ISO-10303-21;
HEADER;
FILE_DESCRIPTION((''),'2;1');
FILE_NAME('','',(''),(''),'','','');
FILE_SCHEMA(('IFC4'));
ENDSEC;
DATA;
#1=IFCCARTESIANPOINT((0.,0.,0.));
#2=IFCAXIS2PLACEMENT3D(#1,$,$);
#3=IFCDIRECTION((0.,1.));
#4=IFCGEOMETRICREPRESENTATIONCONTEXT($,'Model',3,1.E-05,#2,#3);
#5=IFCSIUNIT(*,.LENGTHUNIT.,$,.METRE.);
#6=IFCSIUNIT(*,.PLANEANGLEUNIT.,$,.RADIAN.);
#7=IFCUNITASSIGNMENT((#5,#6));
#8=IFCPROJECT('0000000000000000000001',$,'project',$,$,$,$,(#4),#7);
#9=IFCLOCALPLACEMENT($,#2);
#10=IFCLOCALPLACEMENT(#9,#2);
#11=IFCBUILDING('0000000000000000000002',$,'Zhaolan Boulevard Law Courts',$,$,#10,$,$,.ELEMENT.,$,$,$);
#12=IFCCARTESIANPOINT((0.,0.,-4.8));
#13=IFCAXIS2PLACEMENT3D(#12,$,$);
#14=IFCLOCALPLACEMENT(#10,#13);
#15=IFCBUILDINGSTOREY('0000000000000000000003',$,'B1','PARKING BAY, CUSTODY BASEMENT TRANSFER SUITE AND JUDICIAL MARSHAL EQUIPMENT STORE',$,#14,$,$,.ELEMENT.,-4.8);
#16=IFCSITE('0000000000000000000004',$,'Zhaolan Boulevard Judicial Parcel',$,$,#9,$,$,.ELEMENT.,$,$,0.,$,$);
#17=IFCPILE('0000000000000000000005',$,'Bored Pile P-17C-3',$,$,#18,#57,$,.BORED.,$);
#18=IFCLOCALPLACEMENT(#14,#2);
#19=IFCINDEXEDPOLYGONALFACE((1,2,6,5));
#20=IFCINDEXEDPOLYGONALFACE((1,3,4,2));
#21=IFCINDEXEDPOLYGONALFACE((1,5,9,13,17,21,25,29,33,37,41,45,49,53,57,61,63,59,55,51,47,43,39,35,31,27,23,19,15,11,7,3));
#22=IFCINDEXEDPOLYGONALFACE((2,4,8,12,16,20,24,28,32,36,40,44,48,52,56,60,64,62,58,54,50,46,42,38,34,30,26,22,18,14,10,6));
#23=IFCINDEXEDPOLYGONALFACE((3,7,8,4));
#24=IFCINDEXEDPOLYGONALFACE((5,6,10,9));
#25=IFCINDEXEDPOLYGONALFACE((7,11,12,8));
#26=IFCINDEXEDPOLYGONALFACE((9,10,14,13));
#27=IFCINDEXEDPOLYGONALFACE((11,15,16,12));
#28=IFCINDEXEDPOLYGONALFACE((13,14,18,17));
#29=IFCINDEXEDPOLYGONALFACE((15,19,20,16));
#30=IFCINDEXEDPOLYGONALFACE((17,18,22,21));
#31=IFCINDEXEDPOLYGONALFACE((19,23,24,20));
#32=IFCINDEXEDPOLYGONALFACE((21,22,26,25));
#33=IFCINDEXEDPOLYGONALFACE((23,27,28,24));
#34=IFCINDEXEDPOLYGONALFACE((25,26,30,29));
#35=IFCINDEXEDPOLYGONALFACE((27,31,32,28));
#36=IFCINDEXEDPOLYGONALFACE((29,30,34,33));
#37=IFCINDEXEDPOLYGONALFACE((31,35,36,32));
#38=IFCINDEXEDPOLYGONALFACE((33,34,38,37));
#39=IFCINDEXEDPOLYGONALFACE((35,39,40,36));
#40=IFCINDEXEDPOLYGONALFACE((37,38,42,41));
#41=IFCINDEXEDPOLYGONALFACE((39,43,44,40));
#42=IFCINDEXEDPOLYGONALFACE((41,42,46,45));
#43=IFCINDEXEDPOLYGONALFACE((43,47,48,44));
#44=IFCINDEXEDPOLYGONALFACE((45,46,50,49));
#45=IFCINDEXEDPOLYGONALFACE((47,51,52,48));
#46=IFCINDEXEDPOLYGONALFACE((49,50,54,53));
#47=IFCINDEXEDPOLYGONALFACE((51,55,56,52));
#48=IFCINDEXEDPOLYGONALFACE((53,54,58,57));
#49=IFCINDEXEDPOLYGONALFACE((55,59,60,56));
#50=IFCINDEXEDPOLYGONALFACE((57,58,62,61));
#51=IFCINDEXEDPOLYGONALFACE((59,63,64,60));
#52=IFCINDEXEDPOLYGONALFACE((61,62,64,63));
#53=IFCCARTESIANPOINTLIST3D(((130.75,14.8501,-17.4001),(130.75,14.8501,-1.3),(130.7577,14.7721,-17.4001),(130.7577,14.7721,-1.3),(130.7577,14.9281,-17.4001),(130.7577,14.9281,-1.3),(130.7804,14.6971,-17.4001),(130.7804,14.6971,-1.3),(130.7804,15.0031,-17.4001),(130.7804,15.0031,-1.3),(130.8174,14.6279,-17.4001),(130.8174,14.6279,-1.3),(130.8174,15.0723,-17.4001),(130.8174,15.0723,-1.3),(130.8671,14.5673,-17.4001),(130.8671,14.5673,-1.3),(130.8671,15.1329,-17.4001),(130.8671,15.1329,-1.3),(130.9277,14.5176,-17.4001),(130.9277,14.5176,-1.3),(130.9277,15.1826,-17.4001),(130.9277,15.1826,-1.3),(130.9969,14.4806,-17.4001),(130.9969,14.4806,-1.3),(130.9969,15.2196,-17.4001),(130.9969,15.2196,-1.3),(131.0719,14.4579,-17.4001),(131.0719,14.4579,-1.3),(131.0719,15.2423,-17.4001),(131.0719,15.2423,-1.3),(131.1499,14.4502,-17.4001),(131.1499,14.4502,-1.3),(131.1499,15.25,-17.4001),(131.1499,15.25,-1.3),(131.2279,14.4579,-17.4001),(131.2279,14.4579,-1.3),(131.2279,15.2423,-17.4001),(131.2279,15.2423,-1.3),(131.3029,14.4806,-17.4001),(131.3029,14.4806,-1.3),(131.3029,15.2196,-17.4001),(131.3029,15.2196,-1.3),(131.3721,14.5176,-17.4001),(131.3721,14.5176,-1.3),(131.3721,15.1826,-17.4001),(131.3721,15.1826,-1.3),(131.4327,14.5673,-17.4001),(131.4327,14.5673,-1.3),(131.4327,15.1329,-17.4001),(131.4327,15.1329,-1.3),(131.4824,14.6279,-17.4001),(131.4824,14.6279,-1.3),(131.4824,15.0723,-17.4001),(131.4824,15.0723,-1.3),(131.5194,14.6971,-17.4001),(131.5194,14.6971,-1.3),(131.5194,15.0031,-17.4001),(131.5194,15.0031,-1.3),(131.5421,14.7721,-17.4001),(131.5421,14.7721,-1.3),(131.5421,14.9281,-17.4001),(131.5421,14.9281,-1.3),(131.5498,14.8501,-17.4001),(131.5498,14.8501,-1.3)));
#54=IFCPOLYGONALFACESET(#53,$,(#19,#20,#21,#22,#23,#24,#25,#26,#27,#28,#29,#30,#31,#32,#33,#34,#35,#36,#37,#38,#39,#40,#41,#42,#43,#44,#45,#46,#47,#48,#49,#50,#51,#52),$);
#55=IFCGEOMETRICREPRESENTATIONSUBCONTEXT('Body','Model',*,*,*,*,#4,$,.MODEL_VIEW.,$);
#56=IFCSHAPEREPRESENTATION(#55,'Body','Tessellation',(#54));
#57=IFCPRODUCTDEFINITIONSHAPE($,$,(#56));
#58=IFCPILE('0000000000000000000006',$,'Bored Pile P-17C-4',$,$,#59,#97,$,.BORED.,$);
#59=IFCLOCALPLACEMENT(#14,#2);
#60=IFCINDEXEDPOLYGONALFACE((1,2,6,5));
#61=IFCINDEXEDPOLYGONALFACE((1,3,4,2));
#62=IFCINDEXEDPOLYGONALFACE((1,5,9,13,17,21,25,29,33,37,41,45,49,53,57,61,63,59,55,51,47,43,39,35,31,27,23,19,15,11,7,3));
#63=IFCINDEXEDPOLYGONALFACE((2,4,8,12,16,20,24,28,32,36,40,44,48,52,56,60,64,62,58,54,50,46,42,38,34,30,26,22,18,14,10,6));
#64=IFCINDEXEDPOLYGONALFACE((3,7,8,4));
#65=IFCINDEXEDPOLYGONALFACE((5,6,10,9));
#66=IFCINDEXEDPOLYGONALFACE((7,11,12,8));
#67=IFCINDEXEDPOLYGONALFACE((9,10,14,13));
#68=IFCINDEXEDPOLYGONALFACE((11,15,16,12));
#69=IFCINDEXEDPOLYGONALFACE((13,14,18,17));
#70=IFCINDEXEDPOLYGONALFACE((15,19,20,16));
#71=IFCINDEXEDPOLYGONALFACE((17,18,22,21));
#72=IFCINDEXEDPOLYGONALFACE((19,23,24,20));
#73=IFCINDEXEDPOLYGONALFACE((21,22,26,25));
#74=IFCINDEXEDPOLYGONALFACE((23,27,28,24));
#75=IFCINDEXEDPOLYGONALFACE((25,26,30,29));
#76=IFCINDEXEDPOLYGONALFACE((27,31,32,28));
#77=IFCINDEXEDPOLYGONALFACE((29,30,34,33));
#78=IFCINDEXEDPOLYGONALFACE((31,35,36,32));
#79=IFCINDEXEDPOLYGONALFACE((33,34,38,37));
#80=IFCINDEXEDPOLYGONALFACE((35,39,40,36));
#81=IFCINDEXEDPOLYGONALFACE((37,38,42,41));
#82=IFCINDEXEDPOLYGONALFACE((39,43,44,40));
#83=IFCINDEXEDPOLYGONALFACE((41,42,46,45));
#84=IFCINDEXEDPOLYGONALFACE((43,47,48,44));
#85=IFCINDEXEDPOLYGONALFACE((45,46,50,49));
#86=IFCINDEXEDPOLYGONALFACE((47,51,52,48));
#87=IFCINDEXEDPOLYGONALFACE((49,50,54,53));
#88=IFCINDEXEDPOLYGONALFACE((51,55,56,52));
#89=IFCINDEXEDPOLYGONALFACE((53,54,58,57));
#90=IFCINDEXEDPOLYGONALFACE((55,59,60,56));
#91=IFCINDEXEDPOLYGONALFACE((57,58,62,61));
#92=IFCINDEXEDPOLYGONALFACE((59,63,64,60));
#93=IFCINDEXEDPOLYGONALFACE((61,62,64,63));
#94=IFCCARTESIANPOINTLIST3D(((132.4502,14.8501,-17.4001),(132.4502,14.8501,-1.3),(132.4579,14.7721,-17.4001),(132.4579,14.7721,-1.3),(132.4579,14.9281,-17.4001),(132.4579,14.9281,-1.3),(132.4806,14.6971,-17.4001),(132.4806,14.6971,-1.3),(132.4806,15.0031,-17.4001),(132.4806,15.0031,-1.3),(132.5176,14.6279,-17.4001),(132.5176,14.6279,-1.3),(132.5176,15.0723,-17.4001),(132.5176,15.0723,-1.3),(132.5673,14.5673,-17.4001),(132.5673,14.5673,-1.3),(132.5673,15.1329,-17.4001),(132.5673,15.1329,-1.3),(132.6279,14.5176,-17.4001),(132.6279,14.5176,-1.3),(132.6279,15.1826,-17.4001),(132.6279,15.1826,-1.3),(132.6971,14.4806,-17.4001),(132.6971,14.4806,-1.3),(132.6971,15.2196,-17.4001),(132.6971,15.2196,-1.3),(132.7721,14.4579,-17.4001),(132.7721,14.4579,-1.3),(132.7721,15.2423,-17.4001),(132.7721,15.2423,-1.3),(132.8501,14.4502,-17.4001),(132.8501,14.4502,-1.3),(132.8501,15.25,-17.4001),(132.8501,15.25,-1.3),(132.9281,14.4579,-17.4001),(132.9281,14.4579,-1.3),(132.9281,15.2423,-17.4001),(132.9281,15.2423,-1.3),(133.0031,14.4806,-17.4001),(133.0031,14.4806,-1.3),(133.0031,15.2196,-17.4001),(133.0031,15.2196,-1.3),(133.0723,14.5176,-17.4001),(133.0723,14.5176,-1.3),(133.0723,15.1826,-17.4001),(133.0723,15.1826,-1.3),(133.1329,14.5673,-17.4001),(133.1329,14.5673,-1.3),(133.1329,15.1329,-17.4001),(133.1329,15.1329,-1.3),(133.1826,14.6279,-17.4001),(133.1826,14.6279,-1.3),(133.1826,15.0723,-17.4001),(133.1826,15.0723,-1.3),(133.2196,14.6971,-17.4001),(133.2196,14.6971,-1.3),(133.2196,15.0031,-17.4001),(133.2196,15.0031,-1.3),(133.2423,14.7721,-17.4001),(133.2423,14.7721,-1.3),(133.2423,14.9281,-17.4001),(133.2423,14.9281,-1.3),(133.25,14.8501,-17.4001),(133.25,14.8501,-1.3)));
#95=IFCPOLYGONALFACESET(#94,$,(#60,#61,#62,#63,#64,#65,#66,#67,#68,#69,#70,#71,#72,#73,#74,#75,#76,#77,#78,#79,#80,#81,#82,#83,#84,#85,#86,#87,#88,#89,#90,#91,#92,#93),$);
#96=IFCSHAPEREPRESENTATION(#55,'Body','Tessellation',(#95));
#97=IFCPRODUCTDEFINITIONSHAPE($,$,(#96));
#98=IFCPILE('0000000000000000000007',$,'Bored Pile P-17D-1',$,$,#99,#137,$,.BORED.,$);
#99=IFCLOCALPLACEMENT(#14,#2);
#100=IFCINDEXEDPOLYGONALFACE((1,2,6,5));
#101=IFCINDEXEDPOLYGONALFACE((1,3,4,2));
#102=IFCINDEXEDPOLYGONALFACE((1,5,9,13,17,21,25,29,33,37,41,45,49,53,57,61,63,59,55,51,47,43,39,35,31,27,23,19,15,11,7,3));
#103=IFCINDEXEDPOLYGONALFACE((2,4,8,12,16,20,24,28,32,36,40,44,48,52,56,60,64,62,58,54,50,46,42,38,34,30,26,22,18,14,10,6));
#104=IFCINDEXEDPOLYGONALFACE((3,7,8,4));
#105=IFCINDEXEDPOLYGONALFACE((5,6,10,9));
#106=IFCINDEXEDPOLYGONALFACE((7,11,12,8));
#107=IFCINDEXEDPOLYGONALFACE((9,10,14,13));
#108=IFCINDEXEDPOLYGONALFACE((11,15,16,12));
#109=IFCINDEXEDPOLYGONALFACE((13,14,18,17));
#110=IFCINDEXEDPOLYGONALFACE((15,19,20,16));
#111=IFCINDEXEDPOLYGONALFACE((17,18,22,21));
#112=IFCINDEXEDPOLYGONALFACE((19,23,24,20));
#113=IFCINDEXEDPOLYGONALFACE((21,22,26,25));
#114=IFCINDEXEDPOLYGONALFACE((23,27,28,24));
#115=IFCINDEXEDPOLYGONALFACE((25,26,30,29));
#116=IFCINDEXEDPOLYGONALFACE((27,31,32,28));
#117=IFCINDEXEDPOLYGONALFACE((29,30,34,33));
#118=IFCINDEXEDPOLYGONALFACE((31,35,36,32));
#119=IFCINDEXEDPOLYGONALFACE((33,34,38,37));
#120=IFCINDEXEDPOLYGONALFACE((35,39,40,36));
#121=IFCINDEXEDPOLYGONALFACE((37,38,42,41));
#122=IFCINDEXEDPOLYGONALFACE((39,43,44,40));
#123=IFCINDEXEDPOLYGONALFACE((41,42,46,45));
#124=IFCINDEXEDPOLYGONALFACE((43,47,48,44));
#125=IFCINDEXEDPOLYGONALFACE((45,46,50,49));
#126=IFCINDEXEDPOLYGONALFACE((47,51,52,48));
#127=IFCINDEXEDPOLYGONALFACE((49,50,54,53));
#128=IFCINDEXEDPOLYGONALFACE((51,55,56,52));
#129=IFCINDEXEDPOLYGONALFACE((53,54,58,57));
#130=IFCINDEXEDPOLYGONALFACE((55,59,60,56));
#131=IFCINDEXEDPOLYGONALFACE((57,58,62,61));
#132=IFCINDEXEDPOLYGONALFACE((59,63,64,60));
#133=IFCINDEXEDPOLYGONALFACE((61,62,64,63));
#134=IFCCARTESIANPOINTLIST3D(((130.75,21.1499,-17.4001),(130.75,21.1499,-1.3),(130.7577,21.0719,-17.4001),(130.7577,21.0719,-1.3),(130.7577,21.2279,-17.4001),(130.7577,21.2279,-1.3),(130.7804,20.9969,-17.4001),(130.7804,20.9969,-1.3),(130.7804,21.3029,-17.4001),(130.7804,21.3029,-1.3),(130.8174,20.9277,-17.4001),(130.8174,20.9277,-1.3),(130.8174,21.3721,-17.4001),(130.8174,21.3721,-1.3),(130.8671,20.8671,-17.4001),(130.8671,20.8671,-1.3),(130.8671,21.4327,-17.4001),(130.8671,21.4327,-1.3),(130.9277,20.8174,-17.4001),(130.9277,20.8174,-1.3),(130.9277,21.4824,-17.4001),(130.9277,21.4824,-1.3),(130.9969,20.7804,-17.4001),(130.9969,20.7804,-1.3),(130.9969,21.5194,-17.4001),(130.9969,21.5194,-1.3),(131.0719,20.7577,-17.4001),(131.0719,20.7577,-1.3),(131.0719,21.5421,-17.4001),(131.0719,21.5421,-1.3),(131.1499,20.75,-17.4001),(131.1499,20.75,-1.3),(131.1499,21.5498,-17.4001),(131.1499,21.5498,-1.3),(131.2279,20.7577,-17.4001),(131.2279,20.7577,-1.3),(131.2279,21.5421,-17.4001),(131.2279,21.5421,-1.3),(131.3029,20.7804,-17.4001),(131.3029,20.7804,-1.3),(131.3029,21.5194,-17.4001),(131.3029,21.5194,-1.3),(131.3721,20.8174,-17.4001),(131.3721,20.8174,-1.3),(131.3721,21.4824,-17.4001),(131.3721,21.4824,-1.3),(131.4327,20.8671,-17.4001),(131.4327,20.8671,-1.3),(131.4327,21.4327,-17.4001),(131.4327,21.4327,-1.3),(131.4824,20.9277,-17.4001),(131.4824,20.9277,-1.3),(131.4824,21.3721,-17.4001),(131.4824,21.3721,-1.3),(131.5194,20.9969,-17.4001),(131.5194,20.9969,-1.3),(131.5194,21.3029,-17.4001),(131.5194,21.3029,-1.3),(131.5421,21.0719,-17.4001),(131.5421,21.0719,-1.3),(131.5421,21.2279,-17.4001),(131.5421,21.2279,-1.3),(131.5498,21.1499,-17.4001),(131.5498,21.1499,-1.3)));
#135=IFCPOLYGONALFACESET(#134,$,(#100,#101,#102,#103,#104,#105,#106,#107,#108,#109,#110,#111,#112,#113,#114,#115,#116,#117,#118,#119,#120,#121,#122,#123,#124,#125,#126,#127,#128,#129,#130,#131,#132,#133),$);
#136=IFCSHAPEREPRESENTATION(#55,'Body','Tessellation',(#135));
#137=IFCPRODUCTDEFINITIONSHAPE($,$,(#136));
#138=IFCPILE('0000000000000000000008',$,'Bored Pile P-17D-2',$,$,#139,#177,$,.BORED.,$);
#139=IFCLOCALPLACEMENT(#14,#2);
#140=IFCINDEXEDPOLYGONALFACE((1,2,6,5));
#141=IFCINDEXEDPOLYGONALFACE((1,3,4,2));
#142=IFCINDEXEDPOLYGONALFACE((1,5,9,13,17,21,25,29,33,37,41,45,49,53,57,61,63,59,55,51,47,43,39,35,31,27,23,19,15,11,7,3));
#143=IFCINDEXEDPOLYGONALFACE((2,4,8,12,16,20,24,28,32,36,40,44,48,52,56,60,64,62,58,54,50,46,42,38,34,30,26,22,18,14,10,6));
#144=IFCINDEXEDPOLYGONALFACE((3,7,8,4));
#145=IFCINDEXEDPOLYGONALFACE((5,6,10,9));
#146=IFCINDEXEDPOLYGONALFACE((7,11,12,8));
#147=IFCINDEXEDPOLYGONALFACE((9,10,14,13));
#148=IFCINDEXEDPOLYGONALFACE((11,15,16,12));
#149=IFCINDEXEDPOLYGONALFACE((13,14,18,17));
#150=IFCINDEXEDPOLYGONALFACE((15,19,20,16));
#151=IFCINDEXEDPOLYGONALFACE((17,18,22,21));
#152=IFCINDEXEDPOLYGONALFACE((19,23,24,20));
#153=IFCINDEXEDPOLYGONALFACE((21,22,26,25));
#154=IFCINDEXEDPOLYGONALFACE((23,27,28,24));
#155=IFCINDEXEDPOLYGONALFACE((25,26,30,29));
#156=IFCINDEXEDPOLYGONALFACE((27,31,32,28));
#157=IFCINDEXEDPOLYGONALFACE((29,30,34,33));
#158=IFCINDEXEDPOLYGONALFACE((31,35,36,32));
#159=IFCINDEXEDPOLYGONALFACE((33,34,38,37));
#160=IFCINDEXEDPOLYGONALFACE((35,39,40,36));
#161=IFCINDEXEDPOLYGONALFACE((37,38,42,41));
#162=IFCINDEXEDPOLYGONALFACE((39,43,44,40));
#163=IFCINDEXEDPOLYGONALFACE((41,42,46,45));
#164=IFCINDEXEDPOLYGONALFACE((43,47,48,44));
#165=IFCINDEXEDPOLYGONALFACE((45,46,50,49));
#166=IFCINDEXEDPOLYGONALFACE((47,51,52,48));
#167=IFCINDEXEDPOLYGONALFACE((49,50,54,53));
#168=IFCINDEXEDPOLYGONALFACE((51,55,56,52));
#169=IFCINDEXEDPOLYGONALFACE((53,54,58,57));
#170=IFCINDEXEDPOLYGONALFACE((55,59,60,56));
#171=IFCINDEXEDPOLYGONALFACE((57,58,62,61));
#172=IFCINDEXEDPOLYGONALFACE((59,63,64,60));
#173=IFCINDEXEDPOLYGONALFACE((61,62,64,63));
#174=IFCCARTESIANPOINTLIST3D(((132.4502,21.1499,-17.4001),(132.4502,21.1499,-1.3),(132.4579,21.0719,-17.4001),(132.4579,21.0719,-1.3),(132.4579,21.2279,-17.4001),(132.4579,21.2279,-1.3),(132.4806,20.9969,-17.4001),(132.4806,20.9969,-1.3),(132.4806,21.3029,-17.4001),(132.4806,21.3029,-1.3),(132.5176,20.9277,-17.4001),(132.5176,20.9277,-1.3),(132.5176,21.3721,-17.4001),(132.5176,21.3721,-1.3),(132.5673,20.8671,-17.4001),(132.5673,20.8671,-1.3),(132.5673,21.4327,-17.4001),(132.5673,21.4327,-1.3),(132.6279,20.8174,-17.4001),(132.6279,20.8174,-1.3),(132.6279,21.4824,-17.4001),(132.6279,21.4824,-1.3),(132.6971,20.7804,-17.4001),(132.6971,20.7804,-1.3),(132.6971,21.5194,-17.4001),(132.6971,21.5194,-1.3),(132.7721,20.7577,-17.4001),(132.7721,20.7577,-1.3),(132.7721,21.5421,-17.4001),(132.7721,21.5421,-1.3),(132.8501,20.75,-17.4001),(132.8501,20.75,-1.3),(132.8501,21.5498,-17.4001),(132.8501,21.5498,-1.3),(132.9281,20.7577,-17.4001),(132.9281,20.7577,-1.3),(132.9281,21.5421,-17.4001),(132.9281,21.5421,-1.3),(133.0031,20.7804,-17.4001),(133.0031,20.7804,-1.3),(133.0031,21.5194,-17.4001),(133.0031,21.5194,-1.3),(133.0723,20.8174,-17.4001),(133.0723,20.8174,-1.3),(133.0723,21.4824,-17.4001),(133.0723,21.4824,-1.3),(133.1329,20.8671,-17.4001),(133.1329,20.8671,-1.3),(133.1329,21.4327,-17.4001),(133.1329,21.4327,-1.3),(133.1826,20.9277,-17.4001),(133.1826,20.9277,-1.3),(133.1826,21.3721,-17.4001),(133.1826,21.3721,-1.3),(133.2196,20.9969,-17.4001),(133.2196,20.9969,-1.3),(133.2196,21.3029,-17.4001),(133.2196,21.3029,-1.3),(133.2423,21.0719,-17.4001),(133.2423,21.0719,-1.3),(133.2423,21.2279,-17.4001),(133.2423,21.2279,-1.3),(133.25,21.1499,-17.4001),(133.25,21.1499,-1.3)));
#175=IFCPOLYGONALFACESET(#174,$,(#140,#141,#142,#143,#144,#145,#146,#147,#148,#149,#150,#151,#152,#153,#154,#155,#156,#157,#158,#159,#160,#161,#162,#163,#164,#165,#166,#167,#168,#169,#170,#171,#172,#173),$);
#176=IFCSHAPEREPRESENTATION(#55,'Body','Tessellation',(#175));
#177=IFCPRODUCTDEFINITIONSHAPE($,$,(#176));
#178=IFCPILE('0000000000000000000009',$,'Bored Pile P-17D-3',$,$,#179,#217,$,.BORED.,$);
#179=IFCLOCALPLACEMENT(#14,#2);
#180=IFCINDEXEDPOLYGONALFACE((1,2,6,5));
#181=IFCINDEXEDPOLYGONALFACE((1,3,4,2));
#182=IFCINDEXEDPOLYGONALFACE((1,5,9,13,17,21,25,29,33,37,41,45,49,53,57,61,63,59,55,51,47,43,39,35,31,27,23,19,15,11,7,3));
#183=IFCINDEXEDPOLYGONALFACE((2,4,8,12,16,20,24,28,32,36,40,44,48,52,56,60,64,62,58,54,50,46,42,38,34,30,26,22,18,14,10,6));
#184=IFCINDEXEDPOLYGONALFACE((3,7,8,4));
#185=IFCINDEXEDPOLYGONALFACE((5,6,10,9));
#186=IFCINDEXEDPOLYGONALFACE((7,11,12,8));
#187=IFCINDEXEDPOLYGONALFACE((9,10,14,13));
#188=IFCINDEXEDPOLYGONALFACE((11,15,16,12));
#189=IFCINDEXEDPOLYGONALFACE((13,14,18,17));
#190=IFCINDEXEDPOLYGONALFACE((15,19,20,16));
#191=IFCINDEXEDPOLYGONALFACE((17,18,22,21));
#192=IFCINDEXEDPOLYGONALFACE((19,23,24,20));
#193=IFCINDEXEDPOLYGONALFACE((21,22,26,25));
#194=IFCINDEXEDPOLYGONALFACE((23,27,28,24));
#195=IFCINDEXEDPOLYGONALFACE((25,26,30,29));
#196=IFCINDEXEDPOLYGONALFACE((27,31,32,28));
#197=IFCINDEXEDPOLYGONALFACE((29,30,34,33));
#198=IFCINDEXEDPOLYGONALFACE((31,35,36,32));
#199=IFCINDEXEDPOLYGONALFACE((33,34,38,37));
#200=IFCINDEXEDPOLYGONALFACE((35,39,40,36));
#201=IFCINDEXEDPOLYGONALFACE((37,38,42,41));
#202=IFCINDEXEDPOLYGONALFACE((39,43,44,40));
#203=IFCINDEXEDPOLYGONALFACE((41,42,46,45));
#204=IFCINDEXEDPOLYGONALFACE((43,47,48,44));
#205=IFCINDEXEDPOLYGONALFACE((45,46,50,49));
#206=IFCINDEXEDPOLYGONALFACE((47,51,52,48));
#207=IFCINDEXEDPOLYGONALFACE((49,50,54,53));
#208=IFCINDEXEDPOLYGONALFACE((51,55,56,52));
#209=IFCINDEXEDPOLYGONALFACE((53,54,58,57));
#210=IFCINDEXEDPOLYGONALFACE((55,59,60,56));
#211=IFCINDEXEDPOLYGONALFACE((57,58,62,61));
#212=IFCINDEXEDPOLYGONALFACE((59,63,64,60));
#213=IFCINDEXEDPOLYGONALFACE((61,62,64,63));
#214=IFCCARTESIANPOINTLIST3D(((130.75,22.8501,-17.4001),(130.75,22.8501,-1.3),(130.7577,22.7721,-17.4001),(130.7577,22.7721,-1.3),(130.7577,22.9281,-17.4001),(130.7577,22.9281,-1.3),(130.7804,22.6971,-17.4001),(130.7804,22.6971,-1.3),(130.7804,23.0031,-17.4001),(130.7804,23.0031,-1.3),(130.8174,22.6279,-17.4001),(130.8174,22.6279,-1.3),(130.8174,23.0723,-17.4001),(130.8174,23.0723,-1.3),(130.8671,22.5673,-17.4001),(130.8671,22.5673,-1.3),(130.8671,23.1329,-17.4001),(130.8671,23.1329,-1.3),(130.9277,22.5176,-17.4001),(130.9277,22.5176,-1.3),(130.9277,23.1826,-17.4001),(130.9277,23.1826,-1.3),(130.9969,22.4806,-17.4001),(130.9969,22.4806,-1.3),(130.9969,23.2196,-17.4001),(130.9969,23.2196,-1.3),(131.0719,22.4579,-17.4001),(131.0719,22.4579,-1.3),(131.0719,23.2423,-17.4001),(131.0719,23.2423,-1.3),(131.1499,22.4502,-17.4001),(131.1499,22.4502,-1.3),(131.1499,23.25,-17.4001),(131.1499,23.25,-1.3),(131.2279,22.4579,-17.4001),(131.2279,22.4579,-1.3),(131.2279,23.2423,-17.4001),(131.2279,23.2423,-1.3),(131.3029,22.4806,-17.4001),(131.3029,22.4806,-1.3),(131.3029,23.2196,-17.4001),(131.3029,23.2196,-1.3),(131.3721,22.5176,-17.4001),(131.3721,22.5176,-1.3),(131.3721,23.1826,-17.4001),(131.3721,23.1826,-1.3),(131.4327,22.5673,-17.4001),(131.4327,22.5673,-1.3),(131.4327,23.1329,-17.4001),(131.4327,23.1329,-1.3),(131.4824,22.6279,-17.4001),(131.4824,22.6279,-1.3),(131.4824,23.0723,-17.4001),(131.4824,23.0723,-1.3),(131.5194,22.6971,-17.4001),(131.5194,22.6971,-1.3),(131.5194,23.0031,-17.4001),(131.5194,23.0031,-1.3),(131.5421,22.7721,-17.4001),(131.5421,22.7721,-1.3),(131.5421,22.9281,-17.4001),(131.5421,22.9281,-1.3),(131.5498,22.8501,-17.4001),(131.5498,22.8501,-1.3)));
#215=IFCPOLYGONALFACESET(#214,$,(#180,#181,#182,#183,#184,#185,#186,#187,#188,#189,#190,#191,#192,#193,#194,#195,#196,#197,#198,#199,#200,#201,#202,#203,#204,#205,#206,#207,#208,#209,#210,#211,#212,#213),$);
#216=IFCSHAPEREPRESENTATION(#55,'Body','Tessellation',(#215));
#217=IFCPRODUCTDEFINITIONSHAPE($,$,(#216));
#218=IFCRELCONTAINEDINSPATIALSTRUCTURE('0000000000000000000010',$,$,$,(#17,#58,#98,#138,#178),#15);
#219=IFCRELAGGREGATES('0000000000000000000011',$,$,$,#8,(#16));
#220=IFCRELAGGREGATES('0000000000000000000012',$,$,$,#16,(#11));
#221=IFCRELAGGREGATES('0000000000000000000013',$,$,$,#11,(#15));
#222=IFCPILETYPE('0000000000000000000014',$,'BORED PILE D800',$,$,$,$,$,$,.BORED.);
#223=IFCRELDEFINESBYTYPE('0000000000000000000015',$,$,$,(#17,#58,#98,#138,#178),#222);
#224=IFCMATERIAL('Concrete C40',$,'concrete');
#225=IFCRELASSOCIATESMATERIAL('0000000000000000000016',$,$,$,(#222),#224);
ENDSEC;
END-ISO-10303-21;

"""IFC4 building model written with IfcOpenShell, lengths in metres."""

from ifc_helpers import new_model, si_unit, direction, frame, origin, origin_2d, place, context, subcontext, project, spatial, circle, extrude, material, material_profile, profile_set, type_object, element, save


model = new_model("IFC4")

# Units and contexts
model_context = context("Model", 3, precision=1e-05, world=origin(), true_north=direction((0.0, 1.0)))
body_context = subcontext(model_context, "Body", "Model", "MODEL_VIEW")
ifc_project = project(units=[si_unit("LENGTHUNIT", "METRE"), si_unit("PLANEANGLEUNIT", "RADIAN")], contexts=[model_context])

# Site, building, storey
site_placement = place(None, origin())
site = spatial("IfcSite", under=ifc_project, at=site_placement, Name="Zhaolan Boulevard Judicial Parcel", CompositionType="ELEMENT", RefElevation=0.0)
building_placement = place(site_placement, origin())
building = spatial("IfcBuilding", under=site, at=building_placement, Name="Zhaolan Boulevard Law Courts", CompositionType="ELEMENT")
storey_placement = place(building_placement, frame((0.0, 0.0, -4.8)))
storey = spatial("IfcBuildingStorey", under=building, at=storey_placement, Name="B1", Description="PARKING BAY, CUSTODY BASEMENT TRANSFER SUITE AND JUDICIAL MARSHAL EQUIPMENT STORE", CompositionType="ELEMENT", Elevation=-4.8)

# Piles
ifc_material_1 = material(Name="Concrete C40", Category="concrete")
ifc_material_profile_1 = material_profile(ifc_material_1, circle(Radius=0.3999, at=origin_2d()), Name="PILE-D800")
ifc_profile_set_1 = profile_set([ifc_material_profile_1], Name="Concrete C40")
pile_type = type_object("IfcPileType", Name="BORED PILE D800", PredefinedType="BORED", material=ifc_profile_set_1)
for number, where, z_axis, x_axis, name in (
    (1, (131.1499, 14.8501, -1.3), (0.0, 0.0, -1.0), (1.0, 0.0, 0.0), "Bored Pile P-17C-3"),
    (2, (132.8501, 14.8501, -1.3), (0.0, 0.0, -1.0), (1.0, 0.0, 0.0), "Bored Pile P-17C-4"),
    (3, (131.1499, 21.1499, -1.3), (0.0, 0.0, -1.0), (1.0, 0.0, 0.0), "Bored Pile P-17D-1"),
    (4, (132.8501, 21.1499, -1.3), (0.0, 0.0, -1.0), (1.0, 0.0, 0.0), "Bored Pile P-17D-2"),
    (5, (131.1499, 22.8501, -1.3), (0.0, 0.0, -1.0), (1.0, 0.0, 0.0), "Bored Pile P-17D-3"),
):
    element("IfcPile", number, at=place(storey_placement, frame(where, z_axis=z_axis, x_axis=x_axis)), inside=storey, type_object=pile_type, Name=name, PredefinedType="BORED", context=body_context, shape_type="SweptSolid", body=[
        extrude(circle(Radius=0.3999, at=origin_2d()), origin(), (0.0, 0.0, 1.0), 16.1001),
    ])

save(model, "model.ifc")
